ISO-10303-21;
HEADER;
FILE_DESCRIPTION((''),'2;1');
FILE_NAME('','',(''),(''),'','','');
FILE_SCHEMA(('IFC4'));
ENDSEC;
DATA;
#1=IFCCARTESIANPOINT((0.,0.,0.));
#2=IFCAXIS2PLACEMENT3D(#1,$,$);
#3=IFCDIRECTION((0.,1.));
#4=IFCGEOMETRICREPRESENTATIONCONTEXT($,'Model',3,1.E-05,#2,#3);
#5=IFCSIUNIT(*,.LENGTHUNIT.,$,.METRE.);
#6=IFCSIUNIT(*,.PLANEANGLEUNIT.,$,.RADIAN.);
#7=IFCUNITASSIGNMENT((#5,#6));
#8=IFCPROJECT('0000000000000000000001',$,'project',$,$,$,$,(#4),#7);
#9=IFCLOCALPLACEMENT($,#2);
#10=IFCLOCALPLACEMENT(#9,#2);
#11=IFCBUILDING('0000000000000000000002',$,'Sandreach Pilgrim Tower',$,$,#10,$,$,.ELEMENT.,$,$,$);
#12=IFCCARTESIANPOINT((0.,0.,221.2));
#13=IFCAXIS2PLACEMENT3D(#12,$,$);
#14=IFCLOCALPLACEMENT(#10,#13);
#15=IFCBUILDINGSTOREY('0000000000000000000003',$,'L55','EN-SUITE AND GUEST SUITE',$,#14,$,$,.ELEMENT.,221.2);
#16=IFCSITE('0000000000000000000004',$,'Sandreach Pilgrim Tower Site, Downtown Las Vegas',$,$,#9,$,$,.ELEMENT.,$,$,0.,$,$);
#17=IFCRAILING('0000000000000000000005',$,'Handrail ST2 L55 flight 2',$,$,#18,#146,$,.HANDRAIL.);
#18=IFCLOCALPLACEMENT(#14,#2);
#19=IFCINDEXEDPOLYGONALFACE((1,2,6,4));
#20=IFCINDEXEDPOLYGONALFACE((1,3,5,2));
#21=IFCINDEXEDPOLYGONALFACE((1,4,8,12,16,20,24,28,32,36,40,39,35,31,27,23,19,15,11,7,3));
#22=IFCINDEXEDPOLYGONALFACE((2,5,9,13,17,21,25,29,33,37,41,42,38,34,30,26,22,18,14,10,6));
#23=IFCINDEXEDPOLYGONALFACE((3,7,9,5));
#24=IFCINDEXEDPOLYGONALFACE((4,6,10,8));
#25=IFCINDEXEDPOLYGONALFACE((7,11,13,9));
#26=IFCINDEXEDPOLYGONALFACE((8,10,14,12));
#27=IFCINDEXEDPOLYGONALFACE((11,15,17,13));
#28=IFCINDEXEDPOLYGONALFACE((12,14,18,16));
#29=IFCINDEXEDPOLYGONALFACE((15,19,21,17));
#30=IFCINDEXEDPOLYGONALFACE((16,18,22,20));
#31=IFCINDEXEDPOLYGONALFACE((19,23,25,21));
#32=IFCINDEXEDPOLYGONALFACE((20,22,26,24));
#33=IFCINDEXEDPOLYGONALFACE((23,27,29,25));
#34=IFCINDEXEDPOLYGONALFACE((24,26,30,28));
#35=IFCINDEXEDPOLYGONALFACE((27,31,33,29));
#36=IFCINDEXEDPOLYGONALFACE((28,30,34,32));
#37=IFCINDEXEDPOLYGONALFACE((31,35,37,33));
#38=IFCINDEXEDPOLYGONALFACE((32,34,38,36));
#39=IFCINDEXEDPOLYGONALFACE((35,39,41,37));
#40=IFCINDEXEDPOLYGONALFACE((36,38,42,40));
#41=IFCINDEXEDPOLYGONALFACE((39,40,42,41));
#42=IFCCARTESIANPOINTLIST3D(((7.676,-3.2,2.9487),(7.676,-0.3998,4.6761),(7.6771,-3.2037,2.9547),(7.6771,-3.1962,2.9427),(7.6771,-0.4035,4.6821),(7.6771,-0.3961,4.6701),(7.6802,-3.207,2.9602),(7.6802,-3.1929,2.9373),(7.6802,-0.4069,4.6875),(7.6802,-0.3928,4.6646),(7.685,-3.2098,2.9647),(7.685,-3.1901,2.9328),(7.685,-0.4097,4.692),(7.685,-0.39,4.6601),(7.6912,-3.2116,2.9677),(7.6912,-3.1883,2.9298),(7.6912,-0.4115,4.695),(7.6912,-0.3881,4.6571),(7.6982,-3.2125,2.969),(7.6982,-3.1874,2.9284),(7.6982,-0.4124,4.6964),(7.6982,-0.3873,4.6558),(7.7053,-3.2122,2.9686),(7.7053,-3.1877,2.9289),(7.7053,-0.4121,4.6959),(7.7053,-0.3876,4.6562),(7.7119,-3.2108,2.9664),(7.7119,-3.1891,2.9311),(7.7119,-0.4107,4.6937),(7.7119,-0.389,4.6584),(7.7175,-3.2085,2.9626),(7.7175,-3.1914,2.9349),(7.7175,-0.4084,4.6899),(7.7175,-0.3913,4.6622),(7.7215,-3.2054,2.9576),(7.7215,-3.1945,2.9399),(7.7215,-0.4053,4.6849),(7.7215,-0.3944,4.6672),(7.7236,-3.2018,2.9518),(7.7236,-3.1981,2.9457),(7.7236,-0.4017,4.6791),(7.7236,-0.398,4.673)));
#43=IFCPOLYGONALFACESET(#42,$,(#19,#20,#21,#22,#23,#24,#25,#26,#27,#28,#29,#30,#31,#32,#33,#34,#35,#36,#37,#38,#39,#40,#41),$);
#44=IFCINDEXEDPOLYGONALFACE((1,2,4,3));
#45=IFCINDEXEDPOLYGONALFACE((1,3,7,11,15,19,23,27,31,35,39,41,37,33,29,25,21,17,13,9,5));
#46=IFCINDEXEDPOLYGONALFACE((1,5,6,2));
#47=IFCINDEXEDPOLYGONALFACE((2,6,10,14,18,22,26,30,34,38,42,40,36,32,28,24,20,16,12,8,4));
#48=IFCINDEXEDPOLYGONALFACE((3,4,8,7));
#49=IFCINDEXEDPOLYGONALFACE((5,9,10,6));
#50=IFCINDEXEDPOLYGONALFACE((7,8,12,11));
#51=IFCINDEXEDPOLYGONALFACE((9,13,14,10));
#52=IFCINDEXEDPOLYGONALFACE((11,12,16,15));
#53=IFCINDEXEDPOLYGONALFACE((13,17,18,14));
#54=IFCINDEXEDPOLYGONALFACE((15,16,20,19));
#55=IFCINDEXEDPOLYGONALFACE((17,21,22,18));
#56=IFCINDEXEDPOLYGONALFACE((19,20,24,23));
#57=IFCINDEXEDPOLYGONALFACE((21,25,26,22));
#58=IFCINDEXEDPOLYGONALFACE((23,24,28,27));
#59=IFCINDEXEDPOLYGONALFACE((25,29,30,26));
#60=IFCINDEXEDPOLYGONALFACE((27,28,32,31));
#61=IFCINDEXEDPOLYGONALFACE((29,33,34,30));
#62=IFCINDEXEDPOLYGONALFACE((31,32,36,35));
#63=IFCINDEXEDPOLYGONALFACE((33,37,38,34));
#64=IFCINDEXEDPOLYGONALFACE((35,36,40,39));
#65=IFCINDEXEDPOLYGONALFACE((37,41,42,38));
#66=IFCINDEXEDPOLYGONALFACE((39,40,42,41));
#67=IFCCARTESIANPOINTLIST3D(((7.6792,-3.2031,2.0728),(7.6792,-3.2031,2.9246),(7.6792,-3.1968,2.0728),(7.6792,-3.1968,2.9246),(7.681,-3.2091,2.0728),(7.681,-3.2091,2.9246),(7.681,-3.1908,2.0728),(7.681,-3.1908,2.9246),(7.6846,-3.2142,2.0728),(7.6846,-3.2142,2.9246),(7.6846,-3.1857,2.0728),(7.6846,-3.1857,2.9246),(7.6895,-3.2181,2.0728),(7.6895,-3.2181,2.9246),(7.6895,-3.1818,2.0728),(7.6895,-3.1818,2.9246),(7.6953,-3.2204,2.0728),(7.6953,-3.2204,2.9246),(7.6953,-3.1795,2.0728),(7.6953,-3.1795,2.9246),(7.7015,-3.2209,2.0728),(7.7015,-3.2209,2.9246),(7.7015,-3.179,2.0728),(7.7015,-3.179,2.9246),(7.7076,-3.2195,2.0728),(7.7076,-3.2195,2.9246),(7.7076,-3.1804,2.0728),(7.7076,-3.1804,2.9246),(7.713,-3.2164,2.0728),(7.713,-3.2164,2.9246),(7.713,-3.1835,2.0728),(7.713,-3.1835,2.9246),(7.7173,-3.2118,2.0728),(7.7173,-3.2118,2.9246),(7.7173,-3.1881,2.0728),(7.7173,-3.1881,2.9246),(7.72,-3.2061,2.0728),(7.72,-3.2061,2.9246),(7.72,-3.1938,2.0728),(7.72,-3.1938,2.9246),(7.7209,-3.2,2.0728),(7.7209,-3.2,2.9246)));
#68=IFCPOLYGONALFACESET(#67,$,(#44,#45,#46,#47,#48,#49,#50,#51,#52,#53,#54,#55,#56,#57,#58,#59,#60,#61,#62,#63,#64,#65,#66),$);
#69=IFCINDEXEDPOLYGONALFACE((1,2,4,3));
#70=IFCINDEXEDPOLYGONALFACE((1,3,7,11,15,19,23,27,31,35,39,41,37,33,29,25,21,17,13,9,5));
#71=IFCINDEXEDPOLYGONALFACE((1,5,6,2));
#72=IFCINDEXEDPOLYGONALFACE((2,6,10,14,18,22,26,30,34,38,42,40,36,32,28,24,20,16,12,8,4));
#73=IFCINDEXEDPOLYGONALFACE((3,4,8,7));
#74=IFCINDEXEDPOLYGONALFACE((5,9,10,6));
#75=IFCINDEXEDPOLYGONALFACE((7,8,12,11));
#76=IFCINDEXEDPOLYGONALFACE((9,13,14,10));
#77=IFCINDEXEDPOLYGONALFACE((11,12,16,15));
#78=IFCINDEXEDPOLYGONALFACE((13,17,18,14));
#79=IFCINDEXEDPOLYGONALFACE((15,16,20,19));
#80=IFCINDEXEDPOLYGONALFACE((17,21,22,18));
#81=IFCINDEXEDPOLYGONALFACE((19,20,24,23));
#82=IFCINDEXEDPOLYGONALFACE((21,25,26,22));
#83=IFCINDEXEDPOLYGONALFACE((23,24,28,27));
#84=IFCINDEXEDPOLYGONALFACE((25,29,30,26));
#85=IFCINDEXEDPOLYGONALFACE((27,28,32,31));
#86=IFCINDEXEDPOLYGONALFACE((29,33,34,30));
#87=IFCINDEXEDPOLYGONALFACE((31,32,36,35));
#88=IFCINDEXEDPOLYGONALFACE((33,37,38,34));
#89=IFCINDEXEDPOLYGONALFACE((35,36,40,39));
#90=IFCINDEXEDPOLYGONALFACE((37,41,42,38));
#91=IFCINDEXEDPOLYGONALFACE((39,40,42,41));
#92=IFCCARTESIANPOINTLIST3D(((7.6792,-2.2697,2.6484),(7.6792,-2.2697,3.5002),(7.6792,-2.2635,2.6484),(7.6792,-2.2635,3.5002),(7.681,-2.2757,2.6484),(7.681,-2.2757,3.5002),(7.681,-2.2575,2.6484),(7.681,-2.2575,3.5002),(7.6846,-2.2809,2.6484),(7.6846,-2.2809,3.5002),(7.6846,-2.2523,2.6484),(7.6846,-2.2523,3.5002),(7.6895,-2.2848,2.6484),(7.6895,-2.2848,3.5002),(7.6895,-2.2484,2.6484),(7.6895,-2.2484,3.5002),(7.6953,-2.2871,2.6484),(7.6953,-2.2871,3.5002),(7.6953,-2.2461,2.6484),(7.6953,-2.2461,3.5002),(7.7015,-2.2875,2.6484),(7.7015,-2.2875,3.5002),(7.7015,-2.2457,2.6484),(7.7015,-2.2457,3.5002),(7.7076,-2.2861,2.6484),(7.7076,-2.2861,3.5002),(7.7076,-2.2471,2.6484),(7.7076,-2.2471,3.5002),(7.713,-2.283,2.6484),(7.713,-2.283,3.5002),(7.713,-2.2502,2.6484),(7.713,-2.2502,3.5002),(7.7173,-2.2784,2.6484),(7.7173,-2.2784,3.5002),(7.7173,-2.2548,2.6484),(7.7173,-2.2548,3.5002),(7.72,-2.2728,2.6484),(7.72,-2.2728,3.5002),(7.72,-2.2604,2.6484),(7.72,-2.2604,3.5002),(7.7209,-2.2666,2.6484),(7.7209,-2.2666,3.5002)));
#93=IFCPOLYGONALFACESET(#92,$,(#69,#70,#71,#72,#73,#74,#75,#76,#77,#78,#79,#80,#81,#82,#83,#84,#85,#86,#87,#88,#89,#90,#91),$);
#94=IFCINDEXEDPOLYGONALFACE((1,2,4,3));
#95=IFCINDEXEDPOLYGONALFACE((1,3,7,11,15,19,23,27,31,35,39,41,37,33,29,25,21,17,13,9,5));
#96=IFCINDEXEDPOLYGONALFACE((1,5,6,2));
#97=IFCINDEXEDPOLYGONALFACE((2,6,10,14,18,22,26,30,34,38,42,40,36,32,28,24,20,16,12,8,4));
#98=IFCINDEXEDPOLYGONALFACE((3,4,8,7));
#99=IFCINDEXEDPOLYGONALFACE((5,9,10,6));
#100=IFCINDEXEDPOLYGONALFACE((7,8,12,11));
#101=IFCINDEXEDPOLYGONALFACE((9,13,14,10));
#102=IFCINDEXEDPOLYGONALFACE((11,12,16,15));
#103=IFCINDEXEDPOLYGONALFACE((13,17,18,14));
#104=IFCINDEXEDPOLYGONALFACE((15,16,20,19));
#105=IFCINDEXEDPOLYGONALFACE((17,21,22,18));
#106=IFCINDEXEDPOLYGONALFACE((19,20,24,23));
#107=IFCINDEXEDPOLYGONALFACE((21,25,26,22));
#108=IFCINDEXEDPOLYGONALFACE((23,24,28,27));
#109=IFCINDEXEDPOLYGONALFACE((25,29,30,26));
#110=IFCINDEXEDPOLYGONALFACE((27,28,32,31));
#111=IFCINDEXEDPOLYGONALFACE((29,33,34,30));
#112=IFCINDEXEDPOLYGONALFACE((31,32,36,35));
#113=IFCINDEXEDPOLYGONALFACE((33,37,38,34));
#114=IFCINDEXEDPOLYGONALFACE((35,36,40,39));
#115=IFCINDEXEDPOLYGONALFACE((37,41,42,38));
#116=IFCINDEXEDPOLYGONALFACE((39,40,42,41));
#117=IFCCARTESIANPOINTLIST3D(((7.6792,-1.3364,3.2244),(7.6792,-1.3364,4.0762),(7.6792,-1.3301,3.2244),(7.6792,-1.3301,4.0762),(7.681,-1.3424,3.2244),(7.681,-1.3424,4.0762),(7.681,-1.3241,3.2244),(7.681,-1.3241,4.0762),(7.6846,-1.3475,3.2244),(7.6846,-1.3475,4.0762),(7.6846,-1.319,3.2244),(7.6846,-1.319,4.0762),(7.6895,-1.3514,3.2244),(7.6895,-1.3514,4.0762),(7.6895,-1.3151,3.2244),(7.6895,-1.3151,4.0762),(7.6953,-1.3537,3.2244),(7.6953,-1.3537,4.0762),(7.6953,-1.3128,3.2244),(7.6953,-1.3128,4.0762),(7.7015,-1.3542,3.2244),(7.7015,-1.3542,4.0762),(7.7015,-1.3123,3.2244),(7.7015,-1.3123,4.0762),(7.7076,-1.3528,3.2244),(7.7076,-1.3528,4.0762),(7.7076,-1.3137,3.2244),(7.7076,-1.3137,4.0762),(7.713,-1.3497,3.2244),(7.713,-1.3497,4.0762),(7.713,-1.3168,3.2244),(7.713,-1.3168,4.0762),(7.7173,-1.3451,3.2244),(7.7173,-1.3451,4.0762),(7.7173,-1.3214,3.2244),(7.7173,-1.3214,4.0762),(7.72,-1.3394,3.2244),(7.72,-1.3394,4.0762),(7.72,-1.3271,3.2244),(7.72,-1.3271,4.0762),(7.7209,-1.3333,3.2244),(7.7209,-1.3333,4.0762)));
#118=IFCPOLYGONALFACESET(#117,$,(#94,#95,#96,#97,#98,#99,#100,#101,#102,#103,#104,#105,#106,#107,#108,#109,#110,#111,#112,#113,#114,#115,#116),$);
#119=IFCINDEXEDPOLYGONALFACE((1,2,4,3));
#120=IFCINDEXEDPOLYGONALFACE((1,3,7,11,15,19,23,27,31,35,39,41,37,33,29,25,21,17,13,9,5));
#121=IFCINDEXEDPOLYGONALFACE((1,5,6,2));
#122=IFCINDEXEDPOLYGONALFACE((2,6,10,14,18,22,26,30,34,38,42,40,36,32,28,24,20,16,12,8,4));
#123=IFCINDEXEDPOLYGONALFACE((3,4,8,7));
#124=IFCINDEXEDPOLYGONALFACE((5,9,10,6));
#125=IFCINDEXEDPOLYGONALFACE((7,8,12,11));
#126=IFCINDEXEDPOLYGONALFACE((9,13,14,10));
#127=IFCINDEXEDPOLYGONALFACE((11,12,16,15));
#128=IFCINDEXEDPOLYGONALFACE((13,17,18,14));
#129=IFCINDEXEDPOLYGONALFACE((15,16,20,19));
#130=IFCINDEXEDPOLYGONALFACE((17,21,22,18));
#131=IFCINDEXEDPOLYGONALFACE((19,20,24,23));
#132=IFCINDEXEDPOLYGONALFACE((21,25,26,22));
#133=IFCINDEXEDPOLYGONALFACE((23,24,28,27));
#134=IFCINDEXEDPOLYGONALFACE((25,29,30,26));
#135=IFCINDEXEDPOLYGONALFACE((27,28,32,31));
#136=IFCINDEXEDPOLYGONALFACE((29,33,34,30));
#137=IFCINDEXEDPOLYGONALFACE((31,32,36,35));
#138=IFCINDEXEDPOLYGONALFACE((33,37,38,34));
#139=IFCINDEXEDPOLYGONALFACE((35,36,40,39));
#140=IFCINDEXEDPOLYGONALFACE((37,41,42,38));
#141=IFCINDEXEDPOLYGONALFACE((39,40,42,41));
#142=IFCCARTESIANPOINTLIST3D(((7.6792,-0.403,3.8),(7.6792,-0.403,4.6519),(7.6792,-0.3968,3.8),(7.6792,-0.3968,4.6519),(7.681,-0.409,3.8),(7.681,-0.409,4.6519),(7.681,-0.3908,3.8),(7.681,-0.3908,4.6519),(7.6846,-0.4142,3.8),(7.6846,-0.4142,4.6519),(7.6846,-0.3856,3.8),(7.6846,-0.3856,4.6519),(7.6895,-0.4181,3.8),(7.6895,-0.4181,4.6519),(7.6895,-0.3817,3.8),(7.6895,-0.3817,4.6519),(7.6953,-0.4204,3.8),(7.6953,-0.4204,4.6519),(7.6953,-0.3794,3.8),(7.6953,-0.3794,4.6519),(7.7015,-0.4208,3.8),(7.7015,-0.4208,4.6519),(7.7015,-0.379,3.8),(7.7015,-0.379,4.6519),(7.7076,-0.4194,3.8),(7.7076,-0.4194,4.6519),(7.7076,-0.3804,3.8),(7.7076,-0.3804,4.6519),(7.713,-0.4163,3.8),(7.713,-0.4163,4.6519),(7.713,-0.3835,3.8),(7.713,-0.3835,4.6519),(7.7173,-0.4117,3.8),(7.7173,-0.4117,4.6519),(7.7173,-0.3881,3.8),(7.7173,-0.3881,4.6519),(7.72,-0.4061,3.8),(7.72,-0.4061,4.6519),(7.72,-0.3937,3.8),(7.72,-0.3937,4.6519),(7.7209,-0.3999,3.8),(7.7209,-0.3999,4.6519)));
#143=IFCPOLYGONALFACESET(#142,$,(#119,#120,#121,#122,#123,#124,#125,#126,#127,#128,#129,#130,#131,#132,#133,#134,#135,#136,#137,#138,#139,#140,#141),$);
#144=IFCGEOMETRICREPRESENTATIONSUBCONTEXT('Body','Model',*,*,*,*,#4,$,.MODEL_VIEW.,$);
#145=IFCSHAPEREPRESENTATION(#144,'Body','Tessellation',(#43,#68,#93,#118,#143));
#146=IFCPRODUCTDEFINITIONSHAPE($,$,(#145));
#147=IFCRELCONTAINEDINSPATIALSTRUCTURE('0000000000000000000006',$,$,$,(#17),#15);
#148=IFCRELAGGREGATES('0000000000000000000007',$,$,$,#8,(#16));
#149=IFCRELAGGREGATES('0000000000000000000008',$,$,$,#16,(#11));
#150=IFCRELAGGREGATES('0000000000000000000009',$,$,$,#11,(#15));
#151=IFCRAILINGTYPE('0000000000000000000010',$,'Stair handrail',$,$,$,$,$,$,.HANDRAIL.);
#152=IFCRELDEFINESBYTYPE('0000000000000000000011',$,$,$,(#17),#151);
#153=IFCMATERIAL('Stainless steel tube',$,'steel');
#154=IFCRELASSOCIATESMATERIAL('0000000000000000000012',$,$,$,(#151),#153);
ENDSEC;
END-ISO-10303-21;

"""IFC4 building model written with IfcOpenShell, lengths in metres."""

from ifc_helpers import new_model, si_unit, direction, frame, origin, origin_2d, place, context, subcontext, project, spatial, circle, extrude, material, type_object, element, save


model = new_model("IFC4")

# Units and contexts
model_context = context("Model", 3, precision=1e-05, world=origin(), true_north=direction((0.0, 1.0)))
body_context = subcontext(model_context, "Body", "Model", "MODEL_VIEW")
ifc_project = project(units=[si_unit("LENGTHUNIT", "METRE"), si_unit("PLANEANGLEUNIT", "RADIAN")], contexts=[model_context])

# Site, building, storey
site_placement = place(None, origin())
site = spatial("IfcSite", under=ifc_project, at=site_placement, Name="Sandreach Pilgrim Tower Site, Downtown Las Vegas", CompositionType="ELEMENT", RefElevation=0.0)
building_placement = place(site_placement, origin())
building = spatial("IfcBuilding", under=site, at=building_placement, Name="Sandreach Pilgrim Tower", CompositionType="ELEMENT")
storey_placement = place(building_placement, frame((0.0, 0.0, 221.2)))
storey = spatial("IfcBuildingStorey", under=building, at=storey_placement, Name="L55", Description="EN-SUITE AND GUEST SUITE", CompositionType="ELEMENT", Elevation=221.2)

# Railing
ifc_material_1 = material(Name="Stainless steel tube", Category="steel")
railing_type = type_object("IfcRailingType", Name="Stair handrail", PredefinedType="HANDRAIL", material=ifc_material_1)
for number, where, name in (
    (1, (7.7, -3.2, 2.0728), "Handrail ST2 L55 flight 2"),
):
    element("IfcRailing", number, at=place(storey_placement, frame(where)), inside=storey, type_object=railing_type, Name=name, PredefinedType="HANDRAIL", context=body_context, shape_type="SweptSolid", body=[
        extrude(circle(Radius=0.0239, at=origin_2d()), frame((0.0, 0.0, 0.876), z_axis=(0.0, 0.85109, 0.52502), x_axis=(-1.0, 0.0, 0.0)), (0.0, 0.0, 1.0), 3.29),
        extrude(circle(Radius=0.021, at=origin_2d()), origin(), (0.0, 0.0, 1.0), 0.8518),
        extrude(circle(Radius=0.021, at=origin_2d()), frame((0.0, 0.9333, 0.5757)), (0.0, 0.0, 1.0), 0.8518),
        extrude(circle(Radius=0.021, at=origin_2d()), frame((0.0, 1.8667, 1.1516)), (0.0, 0.0, 1.0), 0.8518),
        extrude(circle(Radius=0.021, at=origin_2d()), frame((0.0, 2.8, 1.7273)), (0.0, 0.0, 1.0), 0.8518),
    ])

save(model, "model.ifc")
